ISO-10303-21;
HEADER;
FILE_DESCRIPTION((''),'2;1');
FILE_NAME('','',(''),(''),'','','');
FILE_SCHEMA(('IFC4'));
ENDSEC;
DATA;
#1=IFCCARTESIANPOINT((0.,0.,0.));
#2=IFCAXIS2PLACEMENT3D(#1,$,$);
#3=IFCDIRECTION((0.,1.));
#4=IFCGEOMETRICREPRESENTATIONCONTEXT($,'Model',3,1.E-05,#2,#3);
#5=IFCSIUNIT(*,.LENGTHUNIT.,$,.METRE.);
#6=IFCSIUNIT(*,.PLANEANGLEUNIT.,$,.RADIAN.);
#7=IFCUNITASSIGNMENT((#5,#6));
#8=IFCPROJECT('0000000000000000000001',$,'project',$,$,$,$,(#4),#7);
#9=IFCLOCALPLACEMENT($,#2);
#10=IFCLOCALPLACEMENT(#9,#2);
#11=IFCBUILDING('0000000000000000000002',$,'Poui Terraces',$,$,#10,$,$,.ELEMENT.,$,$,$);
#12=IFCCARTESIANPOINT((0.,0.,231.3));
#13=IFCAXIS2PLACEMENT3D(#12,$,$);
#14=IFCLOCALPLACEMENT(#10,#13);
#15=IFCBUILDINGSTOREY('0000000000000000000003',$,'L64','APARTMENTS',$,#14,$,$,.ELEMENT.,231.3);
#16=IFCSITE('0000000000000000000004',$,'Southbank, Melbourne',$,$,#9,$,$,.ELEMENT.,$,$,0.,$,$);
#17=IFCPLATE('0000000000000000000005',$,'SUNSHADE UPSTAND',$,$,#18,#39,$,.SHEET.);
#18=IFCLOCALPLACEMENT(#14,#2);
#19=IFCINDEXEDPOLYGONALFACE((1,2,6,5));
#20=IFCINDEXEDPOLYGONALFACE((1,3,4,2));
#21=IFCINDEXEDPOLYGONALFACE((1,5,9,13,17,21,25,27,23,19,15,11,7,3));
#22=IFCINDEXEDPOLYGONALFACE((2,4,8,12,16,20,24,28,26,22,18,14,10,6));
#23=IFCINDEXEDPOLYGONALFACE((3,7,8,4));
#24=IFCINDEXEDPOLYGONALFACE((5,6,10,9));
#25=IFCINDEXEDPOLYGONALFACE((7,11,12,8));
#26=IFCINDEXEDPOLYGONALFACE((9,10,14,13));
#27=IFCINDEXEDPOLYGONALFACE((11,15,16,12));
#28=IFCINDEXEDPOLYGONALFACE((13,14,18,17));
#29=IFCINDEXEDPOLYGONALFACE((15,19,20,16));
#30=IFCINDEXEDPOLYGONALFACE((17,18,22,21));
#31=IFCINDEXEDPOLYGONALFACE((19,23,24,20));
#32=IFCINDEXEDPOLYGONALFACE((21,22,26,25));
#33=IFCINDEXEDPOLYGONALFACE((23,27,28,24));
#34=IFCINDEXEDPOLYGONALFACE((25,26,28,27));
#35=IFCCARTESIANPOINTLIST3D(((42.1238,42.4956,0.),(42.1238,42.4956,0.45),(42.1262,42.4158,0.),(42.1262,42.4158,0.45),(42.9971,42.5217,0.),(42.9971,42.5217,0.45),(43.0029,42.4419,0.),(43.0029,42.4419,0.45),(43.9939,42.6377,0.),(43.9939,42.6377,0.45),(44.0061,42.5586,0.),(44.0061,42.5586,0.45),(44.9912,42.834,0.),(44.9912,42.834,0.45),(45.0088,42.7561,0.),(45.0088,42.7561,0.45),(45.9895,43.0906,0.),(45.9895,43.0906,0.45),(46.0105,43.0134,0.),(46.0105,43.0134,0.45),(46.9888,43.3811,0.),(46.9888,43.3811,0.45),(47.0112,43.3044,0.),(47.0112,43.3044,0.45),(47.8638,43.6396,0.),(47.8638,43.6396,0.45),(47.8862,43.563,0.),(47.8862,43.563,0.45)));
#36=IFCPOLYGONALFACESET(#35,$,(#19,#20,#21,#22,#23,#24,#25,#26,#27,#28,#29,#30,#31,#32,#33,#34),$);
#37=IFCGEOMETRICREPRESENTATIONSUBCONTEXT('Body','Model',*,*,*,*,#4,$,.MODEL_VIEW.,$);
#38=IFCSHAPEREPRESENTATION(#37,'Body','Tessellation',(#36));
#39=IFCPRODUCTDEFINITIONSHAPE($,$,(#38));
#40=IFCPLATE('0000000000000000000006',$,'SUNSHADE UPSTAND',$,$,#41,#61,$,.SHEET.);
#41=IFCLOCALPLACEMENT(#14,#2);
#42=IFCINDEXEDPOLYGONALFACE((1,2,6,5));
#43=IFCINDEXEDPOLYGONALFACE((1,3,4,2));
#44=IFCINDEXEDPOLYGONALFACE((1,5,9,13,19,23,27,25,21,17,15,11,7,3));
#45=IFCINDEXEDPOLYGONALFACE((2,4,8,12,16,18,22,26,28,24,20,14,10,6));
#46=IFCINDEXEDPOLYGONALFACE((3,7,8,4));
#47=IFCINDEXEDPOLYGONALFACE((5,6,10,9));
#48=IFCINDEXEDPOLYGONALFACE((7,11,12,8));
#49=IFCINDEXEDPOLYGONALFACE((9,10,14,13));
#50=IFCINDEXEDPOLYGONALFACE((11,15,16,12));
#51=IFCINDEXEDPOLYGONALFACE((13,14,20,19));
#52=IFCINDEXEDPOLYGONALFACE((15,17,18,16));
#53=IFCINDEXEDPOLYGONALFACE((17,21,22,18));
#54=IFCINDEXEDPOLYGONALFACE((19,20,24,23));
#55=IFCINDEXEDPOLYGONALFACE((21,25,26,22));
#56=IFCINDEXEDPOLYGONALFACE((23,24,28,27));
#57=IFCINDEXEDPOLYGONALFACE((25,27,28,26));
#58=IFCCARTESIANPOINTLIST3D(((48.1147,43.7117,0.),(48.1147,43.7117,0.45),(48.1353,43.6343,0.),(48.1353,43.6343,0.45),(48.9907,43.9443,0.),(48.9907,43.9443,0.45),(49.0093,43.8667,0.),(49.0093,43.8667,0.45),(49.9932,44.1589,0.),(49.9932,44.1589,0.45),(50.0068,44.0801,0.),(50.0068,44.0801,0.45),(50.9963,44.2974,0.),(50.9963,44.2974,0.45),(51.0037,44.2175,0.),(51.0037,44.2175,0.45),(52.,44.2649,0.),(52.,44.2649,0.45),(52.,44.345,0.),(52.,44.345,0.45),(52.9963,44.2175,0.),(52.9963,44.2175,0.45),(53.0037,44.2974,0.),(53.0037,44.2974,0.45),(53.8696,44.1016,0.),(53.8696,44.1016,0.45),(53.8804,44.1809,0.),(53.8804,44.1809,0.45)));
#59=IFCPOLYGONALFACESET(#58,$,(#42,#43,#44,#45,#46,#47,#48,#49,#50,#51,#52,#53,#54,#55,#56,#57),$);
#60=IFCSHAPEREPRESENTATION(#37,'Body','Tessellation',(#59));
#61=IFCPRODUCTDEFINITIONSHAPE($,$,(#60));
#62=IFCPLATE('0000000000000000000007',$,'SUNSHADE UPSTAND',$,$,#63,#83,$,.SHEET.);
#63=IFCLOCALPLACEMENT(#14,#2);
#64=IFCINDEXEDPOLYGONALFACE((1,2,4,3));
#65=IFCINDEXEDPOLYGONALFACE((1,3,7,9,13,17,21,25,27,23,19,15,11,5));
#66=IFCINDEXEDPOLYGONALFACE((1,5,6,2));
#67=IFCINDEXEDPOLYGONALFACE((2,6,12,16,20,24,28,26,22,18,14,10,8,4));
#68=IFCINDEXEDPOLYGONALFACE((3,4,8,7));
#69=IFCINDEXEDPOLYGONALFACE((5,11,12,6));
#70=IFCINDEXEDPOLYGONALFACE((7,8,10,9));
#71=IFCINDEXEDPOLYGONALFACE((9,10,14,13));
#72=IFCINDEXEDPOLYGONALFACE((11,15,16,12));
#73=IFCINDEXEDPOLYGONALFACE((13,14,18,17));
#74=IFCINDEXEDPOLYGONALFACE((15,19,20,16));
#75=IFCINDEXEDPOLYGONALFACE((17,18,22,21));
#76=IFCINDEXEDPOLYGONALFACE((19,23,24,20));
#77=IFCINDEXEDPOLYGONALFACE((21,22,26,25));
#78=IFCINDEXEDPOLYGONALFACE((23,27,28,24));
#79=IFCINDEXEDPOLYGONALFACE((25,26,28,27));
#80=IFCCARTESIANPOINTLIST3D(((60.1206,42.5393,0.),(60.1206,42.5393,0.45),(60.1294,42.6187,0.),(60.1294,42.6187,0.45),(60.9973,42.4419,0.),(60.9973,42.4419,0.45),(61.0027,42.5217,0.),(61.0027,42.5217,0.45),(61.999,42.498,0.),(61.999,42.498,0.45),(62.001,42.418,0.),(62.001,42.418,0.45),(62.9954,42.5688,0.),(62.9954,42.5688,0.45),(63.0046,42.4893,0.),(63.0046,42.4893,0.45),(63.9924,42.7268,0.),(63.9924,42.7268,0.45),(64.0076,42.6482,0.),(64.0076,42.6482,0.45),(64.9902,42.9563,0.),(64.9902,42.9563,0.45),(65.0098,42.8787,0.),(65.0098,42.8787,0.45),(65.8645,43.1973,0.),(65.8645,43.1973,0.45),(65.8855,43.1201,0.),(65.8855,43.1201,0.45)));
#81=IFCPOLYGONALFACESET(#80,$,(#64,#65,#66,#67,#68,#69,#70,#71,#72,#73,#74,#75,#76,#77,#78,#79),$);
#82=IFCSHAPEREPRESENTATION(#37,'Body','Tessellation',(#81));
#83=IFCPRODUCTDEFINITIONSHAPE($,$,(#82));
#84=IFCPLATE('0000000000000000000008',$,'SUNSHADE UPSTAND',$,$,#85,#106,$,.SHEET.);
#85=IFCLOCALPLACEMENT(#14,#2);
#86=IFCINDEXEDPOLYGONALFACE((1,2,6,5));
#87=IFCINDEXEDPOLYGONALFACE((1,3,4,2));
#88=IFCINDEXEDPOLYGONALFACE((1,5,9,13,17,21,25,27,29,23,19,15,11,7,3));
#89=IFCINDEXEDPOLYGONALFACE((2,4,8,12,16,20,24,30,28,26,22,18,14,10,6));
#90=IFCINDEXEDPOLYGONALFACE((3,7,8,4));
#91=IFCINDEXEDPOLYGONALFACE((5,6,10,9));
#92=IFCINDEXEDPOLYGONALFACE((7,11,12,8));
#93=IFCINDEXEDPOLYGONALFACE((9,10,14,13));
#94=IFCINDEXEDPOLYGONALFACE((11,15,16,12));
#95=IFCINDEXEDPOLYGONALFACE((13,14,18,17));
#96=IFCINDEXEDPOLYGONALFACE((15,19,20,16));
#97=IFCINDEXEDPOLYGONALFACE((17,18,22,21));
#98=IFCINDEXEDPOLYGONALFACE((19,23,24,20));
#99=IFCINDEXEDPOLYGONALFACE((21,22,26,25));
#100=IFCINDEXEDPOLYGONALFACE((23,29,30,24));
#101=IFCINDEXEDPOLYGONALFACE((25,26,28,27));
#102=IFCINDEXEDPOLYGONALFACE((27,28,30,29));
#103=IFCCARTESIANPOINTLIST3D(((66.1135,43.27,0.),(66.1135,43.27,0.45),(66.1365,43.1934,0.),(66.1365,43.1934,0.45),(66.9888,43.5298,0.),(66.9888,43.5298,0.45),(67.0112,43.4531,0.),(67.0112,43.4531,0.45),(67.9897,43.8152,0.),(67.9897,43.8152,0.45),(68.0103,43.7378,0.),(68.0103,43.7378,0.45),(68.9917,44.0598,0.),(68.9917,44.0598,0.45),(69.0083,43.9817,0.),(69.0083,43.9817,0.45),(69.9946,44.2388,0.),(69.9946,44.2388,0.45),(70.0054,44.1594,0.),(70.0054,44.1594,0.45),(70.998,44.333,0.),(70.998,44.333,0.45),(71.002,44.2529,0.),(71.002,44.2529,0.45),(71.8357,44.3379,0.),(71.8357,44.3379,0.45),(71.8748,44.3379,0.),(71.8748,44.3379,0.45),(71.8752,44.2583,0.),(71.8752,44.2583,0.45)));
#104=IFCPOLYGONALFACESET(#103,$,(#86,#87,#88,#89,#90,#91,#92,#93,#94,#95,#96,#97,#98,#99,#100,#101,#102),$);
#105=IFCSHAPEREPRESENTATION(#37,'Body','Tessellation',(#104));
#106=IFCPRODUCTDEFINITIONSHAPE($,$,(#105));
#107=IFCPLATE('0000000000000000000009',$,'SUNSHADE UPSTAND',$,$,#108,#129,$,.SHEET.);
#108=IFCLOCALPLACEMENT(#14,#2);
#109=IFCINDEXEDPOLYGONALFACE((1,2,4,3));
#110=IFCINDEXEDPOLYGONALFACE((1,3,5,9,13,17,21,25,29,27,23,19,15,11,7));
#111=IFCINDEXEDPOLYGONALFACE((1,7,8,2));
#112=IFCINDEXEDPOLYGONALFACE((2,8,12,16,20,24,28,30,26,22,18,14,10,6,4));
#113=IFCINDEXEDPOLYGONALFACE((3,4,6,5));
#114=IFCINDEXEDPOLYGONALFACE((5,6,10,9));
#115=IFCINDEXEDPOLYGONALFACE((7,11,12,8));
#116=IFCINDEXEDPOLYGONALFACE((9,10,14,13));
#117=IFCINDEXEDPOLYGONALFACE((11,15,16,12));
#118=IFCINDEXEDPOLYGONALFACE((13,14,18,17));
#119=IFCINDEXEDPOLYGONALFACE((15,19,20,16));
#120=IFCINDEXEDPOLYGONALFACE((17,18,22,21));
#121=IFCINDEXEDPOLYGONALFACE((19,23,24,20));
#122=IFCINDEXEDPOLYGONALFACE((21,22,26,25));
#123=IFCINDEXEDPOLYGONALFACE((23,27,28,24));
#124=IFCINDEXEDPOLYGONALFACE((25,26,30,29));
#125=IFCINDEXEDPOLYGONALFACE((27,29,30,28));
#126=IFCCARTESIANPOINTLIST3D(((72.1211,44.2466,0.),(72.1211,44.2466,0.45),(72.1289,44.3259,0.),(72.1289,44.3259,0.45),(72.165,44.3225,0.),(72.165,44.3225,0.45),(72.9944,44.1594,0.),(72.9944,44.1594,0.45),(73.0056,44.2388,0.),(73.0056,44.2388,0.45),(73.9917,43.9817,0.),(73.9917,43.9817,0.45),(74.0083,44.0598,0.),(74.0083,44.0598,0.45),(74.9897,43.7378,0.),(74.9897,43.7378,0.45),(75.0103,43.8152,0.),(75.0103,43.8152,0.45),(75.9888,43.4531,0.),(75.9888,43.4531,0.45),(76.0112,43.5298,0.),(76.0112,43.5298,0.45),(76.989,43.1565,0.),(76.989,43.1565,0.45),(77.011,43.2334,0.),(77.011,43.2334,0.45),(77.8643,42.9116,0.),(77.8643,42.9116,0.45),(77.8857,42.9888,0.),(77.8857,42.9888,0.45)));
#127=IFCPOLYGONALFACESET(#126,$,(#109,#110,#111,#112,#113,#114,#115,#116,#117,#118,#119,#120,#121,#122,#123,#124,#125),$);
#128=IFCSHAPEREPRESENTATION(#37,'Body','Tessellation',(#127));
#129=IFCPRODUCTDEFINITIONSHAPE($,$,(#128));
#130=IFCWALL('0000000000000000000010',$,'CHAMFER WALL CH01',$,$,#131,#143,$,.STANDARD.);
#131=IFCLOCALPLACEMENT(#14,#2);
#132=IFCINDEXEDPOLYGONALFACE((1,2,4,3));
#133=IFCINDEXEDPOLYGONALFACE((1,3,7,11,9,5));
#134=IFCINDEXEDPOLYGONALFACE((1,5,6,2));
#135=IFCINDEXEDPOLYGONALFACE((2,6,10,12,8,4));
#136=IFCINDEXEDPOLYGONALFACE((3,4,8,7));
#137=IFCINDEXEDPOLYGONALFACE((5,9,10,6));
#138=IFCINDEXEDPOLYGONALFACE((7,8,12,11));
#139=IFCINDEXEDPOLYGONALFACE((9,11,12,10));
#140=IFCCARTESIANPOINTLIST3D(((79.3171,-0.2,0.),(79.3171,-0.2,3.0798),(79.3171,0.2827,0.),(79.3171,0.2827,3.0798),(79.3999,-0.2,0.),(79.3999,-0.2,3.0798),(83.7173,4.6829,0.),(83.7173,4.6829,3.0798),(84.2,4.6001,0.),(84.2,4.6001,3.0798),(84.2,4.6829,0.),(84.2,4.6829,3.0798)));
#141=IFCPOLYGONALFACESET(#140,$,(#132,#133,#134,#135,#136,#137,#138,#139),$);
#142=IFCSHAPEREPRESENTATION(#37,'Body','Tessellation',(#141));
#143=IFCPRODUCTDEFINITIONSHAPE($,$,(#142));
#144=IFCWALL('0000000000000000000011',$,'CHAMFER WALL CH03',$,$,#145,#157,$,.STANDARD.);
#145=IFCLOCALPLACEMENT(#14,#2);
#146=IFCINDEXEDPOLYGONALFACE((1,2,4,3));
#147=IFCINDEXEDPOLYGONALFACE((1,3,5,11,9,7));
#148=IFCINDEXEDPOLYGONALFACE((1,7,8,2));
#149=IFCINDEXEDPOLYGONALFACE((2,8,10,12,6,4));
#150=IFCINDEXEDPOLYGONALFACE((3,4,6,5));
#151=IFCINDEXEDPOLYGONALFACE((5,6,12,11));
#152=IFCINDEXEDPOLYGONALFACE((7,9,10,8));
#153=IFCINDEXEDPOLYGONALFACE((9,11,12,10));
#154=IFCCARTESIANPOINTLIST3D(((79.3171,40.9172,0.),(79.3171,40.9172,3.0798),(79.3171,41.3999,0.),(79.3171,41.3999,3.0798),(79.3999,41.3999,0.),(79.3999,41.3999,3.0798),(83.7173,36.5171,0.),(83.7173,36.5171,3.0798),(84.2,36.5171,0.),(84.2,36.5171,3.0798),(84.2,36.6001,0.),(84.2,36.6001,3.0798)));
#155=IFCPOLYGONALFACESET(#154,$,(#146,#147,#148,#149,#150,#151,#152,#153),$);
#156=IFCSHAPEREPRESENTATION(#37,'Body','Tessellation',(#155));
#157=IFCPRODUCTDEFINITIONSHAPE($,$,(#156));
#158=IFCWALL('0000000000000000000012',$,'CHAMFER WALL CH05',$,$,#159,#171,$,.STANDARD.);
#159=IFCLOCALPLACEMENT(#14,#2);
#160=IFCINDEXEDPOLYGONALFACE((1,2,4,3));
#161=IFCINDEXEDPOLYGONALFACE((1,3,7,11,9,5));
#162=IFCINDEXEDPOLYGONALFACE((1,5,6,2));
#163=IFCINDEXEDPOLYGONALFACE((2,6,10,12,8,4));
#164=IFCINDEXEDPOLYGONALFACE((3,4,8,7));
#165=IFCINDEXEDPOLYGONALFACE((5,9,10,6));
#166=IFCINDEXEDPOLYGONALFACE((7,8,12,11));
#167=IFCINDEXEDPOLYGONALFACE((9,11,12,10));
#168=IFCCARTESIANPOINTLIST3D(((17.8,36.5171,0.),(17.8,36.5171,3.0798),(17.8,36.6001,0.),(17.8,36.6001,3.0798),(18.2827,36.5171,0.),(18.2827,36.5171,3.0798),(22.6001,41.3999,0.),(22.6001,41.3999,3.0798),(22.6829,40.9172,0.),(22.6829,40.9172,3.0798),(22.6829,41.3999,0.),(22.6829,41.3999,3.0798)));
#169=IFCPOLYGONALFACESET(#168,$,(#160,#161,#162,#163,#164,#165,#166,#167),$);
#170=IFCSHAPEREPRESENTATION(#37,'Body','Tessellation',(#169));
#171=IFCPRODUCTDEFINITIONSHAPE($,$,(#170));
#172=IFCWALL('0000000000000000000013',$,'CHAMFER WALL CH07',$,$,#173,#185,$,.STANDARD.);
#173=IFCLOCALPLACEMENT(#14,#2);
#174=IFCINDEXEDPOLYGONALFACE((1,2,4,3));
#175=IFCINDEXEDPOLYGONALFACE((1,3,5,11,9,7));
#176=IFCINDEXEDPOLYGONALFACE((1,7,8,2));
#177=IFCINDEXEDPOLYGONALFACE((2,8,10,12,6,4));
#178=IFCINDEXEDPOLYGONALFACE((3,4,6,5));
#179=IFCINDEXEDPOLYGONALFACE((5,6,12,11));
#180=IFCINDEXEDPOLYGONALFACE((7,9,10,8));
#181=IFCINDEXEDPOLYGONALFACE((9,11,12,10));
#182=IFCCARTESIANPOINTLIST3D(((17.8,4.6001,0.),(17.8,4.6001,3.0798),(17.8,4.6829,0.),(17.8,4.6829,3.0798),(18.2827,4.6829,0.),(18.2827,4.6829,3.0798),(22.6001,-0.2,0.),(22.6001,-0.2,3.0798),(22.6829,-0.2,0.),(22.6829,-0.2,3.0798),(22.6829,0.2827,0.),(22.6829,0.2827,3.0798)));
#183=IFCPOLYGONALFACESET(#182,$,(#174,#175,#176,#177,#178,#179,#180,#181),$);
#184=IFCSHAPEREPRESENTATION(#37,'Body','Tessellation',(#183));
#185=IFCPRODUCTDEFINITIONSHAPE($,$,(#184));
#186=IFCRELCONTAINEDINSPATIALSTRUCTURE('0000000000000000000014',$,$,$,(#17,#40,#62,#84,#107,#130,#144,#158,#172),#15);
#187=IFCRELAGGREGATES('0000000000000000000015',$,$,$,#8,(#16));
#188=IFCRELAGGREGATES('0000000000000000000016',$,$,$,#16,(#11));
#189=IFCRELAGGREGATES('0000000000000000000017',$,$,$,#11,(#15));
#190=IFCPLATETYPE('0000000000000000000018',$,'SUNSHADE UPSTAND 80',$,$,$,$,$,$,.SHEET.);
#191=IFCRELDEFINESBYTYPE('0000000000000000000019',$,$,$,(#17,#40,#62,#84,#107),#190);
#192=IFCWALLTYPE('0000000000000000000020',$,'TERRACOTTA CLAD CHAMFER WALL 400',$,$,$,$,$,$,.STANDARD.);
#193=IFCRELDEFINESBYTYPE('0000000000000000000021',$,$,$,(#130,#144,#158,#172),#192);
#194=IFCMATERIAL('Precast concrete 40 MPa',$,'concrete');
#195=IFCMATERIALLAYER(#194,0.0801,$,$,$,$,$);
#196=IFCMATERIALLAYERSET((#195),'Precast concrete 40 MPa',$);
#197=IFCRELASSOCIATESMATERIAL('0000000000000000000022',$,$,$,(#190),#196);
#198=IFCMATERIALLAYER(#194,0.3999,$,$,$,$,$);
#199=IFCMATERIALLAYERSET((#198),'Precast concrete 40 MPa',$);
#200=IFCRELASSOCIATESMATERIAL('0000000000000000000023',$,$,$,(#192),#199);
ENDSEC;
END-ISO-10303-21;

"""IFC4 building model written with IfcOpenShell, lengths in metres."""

from ifc_helpers import new_model, si_unit, direction, frame, origin, place, context, subcontext, project, spatial, polyline, outline, extrude, material, layer, layer_set, type_object, element, save


model = new_model("IFC4")

# Units and contexts
model_context = context("Model", 3, precision=1e-05, world=origin(), true_north=direction((0.0, 1.0)))
body_context = subcontext(model_context, "Body", "Model", "MODEL_VIEW")
ifc_project = project(units=[si_unit("LENGTHUNIT", "METRE"), si_unit("PLANEANGLEUNIT", "RADIAN")], contexts=[model_context])

# Site, building, storey
site_placement = place(None, origin())
site = spatial("IfcSite", under=ifc_project, at=site_placement, Name="Southbank, Melbourne", CompositionType="ELEMENT", RefElevation=0.0)
building_placement = place(site_placement, origin())
building = spatial("IfcBuilding", under=site, at=building_placement, Name="Poui Terraces", CompositionType="ELEMENT")
storey_placement = place(building_placement, frame((0.0, 0.0, 231.3)))
storey = spatial("IfcBuildingStorey", under=building, at=storey_placement, Name="L64", Description="APARTMENTS", CompositionType="ELEMENT", Elevation=231.3)

# Shared definitions
ifc_material_1 = material(Name="Precast concrete 40 MPa", Category="concrete")

# Plates
ifc_layer_1 = layer(ifc_material_1, 0.0801)
ifc_layer_set_1 = layer_set([ifc_layer_1], Name="Precast concrete 40 MPa")
plate_type = type_object("IfcPlateType", Name="SUNSHADE UPSTAND 80", PredefinedType="SHEET", material=ifc_layer_set_1)
plate_1_placement = place(storey_placement, origin())
element("IfcPlate", 1, at=plate_1_placement, inside=storey, type_object=plate_type, Name="SUNSHADE UPSTAND", PredefinedType="SHEET", context=body_context, shape_type="SweptSolid", body=[
    extrude(outline(polyline([(42.9971, 42.5217), (42.1238, 42.4956), (42.1262, 42.4158), (43.0029, 42.4419), (44.0061, 42.5586), (45.0088, 42.7561), (46.0105, 43.0134), (47.0112, 43.3044), (47.8862, 43.563), (47.8638, 43.6396), (46.9888, 43.3811), (45.9895, 43.0906), (44.9912, 42.834), (43.9939, 42.6377), (42.9971, 42.5217)])), origin(), (0.0, 0.0, 1.0), 0.45),
])
plate_2_placement = place(storey_placement, origin())
element("IfcPlate", 2, at=plate_2_placement, inside=storey, type_object=plate_type, Name="SUNSHADE UPSTAND", PredefinedType="SHEET", context=body_context, shape_type="SweptSolid", body=[
    extrude(outline(polyline([(48.9907, 43.9443), (48.1147, 43.7117), (48.1353, 43.6343), (49.0093, 43.8667), (50.0068, 44.0801), (51.0037, 44.2175), (52.0, 44.2649), (52.9963, 44.2175), (53.8696, 44.1016), (53.8804, 44.1809), (53.0037, 44.2974), (52.0, 44.345), (50.9963, 44.2974), (49.9932, 44.1589), (48.9907, 43.9443)])), origin(), (0.0, 0.0, 1.0), 0.45),
])
plate_3_placement = place(storey_placement, origin())
element("IfcPlate", 3, at=plate_3_placement, inside=storey, type_object=plate_type, Name="SUNSHADE UPSTAND", PredefinedType="SHEET", context=body_context, shape_type="SweptSolid", body=[
    extrude(outline(polyline([(61.0027, 42.5217), (60.1294, 42.6187), (60.1206, 42.5393), (60.9973, 42.4419), (62.001, 42.418), (63.0046, 42.4893), (64.0076, 42.6482), (65.0098, 42.8787), (65.8855, 43.1201), (65.8645, 43.1973), (64.9902, 42.9563), (63.9924, 42.7268), (62.9954, 42.5688), (61.999, 42.498), (61.0027, 42.5217)])), origin(), (0.0, 0.0, 1.0), 0.45),
])
plate_4_placement = place(storey_placement, origin())
element("IfcPlate", 4, at=plate_4_placement, inside=storey, type_object=plate_type, Name="SUNSHADE UPSTAND", PredefinedType="SHEET", context=body_context, shape_type="SweptSolid", body=[
    extrude(outline(polyline([(66.9888, 43.5298), (66.1135, 43.27), (66.1365, 43.1934), (67.0112, 43.4531), (68.0103, 43.7378), (69.0083, 43.9817), (70.0054, 44.1594), (71.002, 44.2529), (71.8752, 44.2583), (71.8748, 44.3379), (71.8357, 44.3379), (70.998, 44.333), (69.9946, 44.2388), (68.9917, 44.0598), (67.9897, 43.8152), (66.9888, 43.5298)])), origin(), (0.0, 0.0, 1.0), 0.45),
])
plate_5_placement = place(storey_placement, origin())
element("IfcPlate", 5, at=plate_5_placement, inside=storey, type_object=plate_type, Name="SUNSHADE UPSTAND", PredefinedType="SHEET", context=body_context, shape_type="SweptSolid", body=[
    extrude(outline(polyline([(73.0056, 44.2388), (72.165, 44.3225), (72.1289, 44.3259), (72.1211, 44.2466), (72.9944, 44.1594), (73.9917, 43.9817), (74.9897, 43.7378), (75.9888, 43.4531), (76.989, 43.1565), (77.8643, 42.9116), (77.8857, 42.9888), (77.011, 43.2334), (76.0112, 43.5298), (75.0103, 43.8152), (74.0083, 44.0598), (73.0056, 44.2388)])), origin(), (0.0, 0.0, 1.0), 0.45),
])

# Walls
ifc_layer_2 = layer(ifc_material_1, 0.3999)
ifc_layer_set_2 = layer_set([ifc_layer_2], Name="Precast concrete 40 MPa")
wall_type = type_object("IfcWallType", Name="TERRACOTTA CLAD CHAMFER WALL 400", PredefinedType="STANDARD", material=ifc_layer_set_2)
wall_1_placement = place(storey_placement, origin())
element("IfcWall", 6, at=wall_1_placement, inside=storey, type_object=wall_type, Name="CHAMFER WALL CH01", PredefinedType="STANDARD", context=body_context, shape_type="SweptSolid", body=[
    extrude(outline(polyline([(79.3171, -0.2), (79.3999, -0.2), (84.2, 4.6001), (84.2, 4.6829), (83.7173, 4.6829), (79.3171, 0.2827), (79.3171, -0.2)])), origin(), (0.0, 0.0, 1.0), 3.0798),
])
wall_2_placement = place(storey_placement, origin())
element("IfcWall", 7, at=wall_2_placement, inside=storey, type_object=wall_type, Name="CHAMFER WALL CH03", PredefinedType="STANDARD", context=body_context, shape_type="SweptSolid", body=[
    extrude(outline(polyline([(84.2, 36.5171), (84.2, 36.6001), (79.3999, 41.3999), (79.3171, 41.3999), (79.3171, 40.9172), (83.7173, 36.5171), (84.2, 36.5171)])), origin(), (0.0, 0.0, 1.0), 3.0798),
])
wall_3_placement = place(storey_placement, origin())
element("IfcWall", 8, at=wall_3_placement, inside=storey, type_object=wall_type, Name="CHAMFER WALL CH05", PredefinedType="STANDARD", context=body_context, shape_type="SweptSolid", body=[
    extrude(outline(polyline([(22.6829, 41.3999), (22.6001, 41.3999), (17.8, 36.6001), (17.8, 36.5171), (18.2827, 36.5171), (22.6829, 40.9172), (22.6829, 41.3999)])), origin(), (0.0, 0.0, 1.0), 3.0798),
])
wall_4_placement = place(storey_placement, origin())
element("IfcWall", 9, at=wall_4_placement, inside=storey, type_object=wall_type, Name="CHAMFER WALL CH07", PredefinedType="STANDARD", context=body_context, shape_type="SweptSolid", body=[
    extrude(outline(polyline([(17.8, 4.6829), (17.8, 4.6001), (22.6001, -0.2), (22.6829, -0.2), (22.6829, 0.2827), (18.2827, 4.6829), (17.8, 4.6829)])), origin(), (0.0, 0.0, 1.0), 3.0798),
])

save(model, "model.ifc")
